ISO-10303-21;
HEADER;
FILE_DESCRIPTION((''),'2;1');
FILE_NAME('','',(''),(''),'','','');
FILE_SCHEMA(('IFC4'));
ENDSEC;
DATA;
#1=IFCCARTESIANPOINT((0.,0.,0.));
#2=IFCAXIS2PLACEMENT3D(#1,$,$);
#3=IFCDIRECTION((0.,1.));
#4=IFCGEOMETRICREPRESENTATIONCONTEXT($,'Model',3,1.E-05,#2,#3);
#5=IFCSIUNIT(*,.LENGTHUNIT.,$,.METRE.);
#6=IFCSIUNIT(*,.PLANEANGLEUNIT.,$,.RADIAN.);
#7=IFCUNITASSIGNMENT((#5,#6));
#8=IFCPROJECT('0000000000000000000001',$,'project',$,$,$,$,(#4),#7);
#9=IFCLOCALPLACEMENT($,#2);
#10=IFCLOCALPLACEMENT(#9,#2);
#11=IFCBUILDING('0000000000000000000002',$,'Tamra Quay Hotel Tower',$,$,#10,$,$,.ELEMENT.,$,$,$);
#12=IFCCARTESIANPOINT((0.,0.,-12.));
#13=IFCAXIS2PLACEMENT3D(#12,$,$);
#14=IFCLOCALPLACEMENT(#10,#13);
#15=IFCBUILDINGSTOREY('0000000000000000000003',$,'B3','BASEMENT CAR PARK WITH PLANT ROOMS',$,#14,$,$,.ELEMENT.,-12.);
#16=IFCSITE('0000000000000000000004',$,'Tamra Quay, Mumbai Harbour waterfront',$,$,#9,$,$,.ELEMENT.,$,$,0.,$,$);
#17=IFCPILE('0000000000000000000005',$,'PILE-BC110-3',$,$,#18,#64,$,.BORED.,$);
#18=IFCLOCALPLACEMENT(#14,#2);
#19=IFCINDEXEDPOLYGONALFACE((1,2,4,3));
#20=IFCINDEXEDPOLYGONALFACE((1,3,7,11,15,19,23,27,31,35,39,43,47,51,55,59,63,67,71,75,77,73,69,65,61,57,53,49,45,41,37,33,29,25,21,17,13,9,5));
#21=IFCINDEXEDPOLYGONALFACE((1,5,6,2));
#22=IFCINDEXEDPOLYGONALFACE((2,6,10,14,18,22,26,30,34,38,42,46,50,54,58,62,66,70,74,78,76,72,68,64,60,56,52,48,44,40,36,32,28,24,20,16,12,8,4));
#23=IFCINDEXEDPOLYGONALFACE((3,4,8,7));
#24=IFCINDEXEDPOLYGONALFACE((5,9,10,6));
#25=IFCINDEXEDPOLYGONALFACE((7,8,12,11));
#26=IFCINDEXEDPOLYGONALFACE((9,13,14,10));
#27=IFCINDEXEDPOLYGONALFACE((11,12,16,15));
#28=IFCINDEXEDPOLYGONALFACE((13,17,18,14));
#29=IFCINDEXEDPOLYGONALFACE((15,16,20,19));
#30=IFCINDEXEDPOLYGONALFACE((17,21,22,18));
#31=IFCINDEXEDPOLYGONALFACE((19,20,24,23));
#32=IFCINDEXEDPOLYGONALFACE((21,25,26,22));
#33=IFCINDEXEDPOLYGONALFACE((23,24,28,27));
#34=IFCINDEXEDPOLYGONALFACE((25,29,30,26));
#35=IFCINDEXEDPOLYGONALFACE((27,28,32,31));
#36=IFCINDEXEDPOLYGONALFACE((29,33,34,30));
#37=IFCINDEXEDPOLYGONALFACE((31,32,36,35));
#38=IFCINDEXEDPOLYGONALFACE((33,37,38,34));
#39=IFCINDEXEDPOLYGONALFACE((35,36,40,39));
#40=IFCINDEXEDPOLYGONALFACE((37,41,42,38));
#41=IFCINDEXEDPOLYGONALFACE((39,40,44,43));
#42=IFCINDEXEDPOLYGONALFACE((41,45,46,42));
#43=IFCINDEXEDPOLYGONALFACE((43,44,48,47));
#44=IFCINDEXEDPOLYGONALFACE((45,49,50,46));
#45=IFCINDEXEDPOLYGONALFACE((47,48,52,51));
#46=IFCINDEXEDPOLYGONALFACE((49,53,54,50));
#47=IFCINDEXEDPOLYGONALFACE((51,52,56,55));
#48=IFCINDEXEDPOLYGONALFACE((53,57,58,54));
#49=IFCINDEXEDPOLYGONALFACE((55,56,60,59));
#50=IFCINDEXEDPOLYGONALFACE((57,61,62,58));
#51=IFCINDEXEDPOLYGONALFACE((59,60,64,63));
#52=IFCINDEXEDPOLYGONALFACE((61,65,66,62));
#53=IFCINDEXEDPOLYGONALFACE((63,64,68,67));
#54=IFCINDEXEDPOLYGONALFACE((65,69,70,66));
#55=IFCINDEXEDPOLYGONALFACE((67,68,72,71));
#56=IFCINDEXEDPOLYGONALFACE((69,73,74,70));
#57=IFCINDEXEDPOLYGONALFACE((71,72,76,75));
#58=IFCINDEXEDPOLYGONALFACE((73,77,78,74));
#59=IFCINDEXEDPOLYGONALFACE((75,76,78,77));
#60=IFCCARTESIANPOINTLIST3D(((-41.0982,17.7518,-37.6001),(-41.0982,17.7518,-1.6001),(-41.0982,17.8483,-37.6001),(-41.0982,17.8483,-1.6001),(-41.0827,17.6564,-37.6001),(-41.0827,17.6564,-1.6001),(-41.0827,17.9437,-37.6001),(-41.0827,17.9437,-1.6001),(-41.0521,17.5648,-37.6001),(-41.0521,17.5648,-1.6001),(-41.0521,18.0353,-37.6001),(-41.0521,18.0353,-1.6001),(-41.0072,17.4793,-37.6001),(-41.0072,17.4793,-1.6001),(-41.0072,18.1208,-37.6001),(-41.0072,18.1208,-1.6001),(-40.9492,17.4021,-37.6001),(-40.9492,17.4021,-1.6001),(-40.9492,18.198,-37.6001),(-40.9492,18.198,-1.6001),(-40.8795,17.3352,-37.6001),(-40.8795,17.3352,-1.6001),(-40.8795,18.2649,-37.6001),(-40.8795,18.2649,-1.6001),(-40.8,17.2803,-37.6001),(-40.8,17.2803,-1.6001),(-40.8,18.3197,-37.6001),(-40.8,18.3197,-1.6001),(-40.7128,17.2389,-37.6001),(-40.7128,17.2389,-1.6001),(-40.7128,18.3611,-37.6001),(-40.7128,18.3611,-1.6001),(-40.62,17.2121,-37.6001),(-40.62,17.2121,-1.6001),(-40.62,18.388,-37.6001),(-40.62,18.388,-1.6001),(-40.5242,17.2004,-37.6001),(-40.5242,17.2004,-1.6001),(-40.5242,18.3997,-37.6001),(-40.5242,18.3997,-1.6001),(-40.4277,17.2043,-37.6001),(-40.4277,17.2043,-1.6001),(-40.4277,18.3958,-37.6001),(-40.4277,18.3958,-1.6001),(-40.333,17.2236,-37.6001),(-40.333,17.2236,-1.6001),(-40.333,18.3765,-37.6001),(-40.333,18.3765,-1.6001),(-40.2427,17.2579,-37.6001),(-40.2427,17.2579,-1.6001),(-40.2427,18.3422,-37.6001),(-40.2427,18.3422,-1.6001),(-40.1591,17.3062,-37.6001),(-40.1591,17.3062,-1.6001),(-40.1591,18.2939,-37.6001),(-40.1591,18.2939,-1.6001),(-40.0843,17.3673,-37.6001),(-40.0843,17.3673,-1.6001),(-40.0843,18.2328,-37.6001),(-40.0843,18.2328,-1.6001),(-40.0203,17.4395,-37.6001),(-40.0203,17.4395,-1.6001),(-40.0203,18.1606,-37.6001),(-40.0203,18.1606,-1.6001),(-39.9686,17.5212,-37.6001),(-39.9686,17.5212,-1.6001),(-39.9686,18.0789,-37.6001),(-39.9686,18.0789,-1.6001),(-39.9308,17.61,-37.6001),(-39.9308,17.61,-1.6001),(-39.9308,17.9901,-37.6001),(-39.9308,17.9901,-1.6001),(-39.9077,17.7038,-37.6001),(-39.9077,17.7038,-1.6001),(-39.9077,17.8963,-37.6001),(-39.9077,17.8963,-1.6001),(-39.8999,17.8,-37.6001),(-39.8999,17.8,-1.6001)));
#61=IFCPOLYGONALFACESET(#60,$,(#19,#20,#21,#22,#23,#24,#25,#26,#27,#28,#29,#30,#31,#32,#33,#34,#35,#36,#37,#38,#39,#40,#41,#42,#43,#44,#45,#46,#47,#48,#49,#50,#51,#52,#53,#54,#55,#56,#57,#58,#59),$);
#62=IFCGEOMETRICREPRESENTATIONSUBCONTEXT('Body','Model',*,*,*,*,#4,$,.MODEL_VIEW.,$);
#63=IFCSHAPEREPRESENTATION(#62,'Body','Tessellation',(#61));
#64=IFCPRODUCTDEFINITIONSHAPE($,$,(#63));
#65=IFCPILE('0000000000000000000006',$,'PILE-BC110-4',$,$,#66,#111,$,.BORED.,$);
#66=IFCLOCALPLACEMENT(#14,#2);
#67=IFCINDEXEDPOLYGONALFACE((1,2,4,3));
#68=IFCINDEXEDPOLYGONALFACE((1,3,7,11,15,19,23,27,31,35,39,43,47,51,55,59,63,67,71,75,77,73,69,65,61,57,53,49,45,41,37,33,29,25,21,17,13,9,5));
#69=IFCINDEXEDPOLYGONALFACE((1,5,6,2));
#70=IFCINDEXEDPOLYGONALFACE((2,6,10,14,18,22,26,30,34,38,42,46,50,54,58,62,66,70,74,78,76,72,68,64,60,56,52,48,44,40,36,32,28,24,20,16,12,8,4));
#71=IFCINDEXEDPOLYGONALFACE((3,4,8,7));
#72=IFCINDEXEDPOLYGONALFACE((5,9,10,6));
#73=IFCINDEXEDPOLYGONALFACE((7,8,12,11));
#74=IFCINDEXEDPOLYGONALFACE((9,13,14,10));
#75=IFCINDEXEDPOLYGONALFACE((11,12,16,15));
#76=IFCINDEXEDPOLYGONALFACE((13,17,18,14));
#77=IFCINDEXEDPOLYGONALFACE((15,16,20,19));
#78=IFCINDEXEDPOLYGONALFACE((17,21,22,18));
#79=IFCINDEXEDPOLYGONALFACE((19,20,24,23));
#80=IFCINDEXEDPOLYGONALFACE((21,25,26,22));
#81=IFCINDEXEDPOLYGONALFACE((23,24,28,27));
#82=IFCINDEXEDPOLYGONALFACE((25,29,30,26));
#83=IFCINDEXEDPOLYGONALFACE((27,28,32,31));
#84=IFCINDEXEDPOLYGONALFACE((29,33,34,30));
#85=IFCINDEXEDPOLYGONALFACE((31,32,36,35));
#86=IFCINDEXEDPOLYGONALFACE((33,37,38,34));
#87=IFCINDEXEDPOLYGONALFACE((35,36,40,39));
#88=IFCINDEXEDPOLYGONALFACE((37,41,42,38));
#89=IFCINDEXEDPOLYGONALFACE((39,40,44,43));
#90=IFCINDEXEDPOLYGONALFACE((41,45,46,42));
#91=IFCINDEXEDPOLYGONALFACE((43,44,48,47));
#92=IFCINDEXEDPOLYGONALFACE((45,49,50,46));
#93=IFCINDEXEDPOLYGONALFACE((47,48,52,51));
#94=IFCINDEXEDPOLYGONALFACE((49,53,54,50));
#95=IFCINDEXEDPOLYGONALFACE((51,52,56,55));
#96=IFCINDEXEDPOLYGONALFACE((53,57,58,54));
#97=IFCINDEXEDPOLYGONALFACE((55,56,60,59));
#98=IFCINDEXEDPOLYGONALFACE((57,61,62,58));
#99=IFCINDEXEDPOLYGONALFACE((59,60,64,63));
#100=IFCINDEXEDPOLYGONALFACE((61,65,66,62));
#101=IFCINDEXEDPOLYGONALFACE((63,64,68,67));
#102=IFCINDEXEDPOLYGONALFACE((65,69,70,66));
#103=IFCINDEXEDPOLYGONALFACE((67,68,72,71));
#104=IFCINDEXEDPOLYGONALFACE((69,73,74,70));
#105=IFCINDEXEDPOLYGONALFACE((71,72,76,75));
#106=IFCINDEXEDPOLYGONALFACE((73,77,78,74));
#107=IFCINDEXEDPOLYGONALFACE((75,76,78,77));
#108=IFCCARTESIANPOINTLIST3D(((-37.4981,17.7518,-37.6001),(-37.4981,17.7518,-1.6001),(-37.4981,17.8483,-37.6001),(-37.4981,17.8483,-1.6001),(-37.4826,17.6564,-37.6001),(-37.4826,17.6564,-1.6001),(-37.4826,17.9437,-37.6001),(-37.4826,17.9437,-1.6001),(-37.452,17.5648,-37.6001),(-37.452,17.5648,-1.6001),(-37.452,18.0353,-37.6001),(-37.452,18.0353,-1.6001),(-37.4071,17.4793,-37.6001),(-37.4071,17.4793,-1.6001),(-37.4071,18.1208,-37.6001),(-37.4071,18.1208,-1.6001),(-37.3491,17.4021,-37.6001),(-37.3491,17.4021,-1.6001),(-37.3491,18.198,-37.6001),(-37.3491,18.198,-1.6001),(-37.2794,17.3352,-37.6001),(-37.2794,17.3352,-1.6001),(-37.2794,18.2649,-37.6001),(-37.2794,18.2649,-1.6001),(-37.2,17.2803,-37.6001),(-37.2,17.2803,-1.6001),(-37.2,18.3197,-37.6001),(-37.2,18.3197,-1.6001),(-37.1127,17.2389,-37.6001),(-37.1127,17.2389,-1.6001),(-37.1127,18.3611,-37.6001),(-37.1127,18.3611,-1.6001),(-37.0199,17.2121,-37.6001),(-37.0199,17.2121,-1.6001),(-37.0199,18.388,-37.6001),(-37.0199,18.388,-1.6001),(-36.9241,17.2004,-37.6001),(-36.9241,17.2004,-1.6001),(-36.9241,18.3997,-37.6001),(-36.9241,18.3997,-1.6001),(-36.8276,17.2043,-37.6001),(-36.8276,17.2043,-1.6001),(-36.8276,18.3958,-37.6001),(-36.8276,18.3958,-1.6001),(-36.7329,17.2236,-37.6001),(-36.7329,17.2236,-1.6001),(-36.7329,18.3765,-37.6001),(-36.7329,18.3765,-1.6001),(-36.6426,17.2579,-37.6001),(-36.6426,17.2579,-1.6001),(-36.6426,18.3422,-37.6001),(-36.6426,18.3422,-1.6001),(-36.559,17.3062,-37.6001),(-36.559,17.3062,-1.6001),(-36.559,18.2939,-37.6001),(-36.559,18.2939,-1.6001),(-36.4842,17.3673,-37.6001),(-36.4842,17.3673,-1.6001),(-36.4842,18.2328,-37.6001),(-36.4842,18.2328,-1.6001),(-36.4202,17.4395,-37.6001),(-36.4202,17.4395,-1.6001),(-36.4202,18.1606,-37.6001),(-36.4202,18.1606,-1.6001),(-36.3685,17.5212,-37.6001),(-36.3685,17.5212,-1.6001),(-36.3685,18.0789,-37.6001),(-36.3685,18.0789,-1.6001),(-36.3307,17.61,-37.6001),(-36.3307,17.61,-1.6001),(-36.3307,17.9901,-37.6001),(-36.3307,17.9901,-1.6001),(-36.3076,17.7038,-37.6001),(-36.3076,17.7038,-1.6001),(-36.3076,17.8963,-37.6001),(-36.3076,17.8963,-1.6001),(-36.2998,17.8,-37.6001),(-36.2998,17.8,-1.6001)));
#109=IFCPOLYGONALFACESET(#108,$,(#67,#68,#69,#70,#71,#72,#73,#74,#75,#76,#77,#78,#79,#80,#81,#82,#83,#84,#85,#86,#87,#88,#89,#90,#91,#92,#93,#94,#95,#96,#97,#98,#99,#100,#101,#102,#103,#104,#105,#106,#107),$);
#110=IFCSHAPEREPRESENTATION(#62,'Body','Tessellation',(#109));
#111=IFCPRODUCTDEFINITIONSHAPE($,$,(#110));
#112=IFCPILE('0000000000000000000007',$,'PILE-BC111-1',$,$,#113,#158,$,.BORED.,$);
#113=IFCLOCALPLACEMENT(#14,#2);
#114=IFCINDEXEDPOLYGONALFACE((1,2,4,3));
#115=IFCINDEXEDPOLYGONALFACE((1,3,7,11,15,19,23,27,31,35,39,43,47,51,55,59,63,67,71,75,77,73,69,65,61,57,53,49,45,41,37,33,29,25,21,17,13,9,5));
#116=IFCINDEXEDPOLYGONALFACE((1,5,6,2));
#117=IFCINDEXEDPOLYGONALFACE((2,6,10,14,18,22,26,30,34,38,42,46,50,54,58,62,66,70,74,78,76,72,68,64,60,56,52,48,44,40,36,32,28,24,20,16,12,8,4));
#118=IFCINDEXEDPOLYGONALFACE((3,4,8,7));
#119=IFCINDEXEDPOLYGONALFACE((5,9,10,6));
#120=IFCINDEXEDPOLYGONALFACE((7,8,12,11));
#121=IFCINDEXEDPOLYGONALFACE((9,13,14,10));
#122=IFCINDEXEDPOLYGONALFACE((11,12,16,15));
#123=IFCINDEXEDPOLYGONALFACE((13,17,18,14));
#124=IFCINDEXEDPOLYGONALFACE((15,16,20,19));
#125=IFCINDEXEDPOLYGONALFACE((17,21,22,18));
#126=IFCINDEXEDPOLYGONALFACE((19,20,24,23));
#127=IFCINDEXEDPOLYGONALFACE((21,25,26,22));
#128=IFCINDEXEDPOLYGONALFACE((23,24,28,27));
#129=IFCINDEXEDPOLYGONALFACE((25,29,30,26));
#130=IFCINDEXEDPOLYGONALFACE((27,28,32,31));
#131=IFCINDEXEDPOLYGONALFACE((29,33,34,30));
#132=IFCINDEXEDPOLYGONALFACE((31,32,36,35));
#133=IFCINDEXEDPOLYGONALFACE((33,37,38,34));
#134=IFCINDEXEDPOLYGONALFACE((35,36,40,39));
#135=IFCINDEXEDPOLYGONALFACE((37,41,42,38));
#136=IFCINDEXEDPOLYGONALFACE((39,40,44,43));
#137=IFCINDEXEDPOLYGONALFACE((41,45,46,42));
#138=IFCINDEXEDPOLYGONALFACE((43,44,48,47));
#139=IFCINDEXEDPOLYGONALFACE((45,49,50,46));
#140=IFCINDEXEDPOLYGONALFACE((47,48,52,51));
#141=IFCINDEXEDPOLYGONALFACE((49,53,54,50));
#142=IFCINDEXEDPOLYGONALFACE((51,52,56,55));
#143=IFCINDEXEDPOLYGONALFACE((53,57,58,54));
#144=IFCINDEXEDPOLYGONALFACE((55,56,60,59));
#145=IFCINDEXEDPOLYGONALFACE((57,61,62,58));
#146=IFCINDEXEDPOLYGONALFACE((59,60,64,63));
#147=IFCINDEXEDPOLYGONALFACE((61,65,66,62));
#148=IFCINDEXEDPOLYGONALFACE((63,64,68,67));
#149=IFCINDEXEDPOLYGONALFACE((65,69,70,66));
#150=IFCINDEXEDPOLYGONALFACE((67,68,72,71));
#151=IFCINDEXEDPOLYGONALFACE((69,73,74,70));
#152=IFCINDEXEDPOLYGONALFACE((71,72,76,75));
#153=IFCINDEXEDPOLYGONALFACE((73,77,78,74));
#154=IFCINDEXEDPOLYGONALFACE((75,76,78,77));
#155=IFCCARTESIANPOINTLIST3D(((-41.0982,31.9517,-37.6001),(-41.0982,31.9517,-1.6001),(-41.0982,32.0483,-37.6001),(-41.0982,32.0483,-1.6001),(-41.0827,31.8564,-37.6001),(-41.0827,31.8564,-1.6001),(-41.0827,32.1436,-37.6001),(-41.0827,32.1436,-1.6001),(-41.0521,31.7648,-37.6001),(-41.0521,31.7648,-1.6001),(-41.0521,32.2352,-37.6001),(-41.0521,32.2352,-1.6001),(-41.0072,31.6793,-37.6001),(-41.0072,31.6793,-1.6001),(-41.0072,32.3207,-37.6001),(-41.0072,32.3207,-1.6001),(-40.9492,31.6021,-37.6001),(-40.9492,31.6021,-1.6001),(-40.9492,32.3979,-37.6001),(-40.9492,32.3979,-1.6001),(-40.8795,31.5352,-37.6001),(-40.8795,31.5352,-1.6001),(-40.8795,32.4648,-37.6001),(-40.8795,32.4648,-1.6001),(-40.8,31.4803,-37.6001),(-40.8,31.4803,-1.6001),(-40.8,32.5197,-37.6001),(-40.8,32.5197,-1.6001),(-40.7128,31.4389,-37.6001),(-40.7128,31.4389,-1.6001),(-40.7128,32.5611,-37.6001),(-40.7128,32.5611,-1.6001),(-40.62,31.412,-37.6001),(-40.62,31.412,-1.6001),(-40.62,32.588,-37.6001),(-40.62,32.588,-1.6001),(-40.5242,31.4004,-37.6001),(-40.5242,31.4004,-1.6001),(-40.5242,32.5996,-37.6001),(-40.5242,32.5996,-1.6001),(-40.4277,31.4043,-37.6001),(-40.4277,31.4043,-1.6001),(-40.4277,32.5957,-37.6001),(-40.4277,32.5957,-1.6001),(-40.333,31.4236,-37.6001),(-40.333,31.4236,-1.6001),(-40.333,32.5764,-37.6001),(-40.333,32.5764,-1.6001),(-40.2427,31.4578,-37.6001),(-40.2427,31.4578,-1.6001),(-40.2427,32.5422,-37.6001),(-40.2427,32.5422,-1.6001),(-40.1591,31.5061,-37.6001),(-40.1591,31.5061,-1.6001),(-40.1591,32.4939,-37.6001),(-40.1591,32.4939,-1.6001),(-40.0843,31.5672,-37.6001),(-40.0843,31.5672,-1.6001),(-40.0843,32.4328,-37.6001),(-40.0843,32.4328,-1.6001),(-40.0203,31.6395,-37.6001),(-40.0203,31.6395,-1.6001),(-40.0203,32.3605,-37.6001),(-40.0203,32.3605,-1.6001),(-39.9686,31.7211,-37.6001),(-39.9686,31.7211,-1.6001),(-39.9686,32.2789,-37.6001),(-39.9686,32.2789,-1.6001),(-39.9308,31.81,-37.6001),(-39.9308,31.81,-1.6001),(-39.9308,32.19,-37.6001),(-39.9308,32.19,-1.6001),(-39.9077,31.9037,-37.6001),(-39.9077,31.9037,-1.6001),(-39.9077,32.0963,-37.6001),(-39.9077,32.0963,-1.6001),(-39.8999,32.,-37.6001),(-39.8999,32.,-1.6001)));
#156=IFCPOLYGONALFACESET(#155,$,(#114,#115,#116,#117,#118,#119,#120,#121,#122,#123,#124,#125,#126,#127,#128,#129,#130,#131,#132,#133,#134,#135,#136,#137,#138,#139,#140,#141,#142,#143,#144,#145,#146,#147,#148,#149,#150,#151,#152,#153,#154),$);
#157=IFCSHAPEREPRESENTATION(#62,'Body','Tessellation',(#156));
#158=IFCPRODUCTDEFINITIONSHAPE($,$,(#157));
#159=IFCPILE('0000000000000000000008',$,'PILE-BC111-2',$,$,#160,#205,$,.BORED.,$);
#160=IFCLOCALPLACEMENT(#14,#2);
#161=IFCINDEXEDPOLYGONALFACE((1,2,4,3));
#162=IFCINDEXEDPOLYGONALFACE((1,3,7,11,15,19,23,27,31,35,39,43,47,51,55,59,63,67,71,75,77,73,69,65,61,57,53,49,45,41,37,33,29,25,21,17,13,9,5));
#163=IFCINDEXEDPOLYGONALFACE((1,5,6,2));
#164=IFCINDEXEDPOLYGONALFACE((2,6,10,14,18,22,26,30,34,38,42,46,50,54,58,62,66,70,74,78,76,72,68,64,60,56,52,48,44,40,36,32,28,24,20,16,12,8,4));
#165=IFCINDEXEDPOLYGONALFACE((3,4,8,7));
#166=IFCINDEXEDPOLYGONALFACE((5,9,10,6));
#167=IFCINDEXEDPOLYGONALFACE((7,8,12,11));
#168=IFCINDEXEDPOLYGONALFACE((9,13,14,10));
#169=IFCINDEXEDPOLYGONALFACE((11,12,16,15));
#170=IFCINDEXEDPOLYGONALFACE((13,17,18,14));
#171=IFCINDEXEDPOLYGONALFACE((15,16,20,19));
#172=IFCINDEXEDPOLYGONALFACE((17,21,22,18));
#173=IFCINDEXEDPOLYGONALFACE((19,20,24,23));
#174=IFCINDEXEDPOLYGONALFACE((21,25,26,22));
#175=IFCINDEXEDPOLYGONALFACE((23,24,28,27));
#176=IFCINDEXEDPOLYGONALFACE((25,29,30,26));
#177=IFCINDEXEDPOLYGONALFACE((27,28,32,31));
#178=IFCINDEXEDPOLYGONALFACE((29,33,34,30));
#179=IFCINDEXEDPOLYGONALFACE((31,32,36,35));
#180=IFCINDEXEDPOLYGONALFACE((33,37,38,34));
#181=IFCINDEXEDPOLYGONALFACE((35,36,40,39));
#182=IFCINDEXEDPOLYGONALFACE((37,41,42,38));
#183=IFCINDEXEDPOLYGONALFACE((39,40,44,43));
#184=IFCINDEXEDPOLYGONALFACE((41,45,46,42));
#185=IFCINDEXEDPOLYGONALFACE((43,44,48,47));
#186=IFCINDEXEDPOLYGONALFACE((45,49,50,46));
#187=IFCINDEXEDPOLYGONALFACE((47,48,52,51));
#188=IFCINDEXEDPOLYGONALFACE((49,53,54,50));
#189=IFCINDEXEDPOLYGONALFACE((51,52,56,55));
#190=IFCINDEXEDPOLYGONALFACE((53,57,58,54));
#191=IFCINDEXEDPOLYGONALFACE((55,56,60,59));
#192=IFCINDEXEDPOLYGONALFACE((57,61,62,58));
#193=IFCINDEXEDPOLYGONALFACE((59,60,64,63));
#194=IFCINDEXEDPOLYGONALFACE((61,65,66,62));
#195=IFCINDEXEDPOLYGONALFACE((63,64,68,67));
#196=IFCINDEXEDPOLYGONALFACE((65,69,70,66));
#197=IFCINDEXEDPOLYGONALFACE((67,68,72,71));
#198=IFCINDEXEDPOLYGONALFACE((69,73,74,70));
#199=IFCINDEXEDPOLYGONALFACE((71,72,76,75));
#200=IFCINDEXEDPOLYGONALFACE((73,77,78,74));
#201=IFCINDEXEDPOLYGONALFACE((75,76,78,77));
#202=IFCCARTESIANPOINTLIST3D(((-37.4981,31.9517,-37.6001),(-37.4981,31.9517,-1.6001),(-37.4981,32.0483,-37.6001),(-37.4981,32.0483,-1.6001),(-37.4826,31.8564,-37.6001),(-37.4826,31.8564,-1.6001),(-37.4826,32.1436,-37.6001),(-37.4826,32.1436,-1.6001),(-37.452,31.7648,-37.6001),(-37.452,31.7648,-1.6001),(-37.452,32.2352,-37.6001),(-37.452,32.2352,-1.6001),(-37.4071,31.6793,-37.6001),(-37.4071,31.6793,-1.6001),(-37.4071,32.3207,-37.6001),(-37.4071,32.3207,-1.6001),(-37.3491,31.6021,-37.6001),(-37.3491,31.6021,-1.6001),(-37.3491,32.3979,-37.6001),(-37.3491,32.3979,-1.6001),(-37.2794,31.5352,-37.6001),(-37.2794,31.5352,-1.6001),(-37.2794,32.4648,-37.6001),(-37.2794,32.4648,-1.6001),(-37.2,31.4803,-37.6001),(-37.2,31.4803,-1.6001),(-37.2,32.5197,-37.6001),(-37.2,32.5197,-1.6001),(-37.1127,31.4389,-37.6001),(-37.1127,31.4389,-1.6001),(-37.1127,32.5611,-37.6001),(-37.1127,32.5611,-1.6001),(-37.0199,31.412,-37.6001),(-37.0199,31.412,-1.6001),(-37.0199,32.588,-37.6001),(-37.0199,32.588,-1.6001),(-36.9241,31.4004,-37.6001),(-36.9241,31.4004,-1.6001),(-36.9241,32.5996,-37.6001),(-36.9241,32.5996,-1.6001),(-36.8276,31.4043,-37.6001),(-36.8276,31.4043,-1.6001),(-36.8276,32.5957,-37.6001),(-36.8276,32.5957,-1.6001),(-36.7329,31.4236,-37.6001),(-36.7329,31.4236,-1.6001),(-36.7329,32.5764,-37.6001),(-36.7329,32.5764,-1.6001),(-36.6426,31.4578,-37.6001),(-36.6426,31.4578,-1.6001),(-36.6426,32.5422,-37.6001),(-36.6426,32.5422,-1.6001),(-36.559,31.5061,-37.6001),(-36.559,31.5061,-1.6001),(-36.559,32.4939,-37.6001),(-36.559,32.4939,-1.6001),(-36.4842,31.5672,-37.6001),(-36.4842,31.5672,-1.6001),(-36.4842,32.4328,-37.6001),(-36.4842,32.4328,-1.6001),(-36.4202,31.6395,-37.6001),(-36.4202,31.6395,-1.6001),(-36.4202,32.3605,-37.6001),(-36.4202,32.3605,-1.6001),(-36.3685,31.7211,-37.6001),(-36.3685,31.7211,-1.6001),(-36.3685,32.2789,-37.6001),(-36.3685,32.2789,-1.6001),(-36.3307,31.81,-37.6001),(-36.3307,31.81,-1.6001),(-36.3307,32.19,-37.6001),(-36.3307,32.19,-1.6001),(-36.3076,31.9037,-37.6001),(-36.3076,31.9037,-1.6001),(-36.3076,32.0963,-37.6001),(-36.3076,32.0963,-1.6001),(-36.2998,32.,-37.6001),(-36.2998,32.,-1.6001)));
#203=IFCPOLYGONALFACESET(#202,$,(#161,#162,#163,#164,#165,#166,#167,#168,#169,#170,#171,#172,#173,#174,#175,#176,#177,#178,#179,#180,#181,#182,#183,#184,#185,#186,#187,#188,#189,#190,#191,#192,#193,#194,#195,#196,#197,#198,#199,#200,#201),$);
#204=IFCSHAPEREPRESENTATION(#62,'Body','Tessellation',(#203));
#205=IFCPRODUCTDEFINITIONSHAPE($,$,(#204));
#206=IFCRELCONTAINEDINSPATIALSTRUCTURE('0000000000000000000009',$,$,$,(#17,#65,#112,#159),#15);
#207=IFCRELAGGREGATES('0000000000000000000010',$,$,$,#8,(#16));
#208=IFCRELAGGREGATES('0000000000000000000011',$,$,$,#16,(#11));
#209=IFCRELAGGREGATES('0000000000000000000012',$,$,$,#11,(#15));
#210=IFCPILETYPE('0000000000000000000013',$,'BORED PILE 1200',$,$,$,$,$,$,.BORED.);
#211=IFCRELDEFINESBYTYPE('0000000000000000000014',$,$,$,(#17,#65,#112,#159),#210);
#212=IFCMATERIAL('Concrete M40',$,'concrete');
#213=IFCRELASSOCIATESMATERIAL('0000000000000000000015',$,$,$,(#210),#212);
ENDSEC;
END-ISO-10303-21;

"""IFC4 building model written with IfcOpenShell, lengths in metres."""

from ifc_helpers import new_model, si_unit, direction, frame, origin, origin_2d, place, context, subcontext, project, spatial, circle, extrude, material, material_profile, profile_set, type_object, element, save


model = new_model("IFC4")

# Units and contexts
model_context = context("Model", 3, precision=1e-05, world=origin(), true_north=direction((0.0, 1.0)))
body_context = subcontext(model_context, "Body", "Model", "MODEL_VIEW")
ifc_project = project(units=[si_unit("LENGTHUNIT", "METRE"), si_unit("PLANEANGLEUNIT", "RADIAN")], contexts=[model_context])

# Site, building, storey
site_placement = place(None, origin())
site = spatial("IfcSite", under=ifc_project, at=site_placement, Name="Tamra Quay, Mumbai Harbour waterfront", CompositionType="ELEMENT", RefElevation=0.0)
building_placement = place(site_placement, origin())
building = spatial("IfcBuilding", under=site, at=building_placement, Name="Tamra Quay Hotel Tower", CompositionType="ELEMENT")
storey_placement = place(building_placement, frame((0.0, 0.0, -12.0)))
storey = spatial("IfcBuildingStorey", under=building, at=storey_placement, Name="B3", Description="BASEMENT CAR PARK WITH PLANT ROOMS", CompositionType="ELEMENT", Elevation=-12.0)

# Piles
ifc_material_1 = material(Name="Concrete M40", Category="concrete")
ifc_material_profile_1 = material_profile(ifc_material_1, circle(Radius=0.6001, at=origin_2d()), Name="BORED PILE 1200")
ifc_profile_set_1 = profile_set([ifc_material_profile_1], Name="Concrete M40")
pile_type = type_object("IfcPileType", Name="BORED PILE 1200", PredefinedType="BORED", material=ifc_profile_set_1)
for number, where, z_axis, x_axis, name in (
    (1, (-40.5, 17.8, -1.6001), (0.0, 0.0, -1.0), (1.0, 0.0, 0.0), "PILE-BC110-3"),
    (2, (-36.8999, 17.8, -1.6001), (0.0, 0.0, -1.0), (1.0, 0.0, 0.0), "PILE-BC110-4"),
    (3, (-40.5, 32.0, -1.6001), (0.0, 0.0, -1.0), (1.0, 0.0, 0.0), "PILE-BC111-1"),
    (4, (-36.8999, 32.0, -1.6001), (0.0, 0.0, -1.0), (1.0, 0.0, 0.0), "PILE-BC111-2"),
):
    element("IfcPile", number, at=place(storey_placement, frame(where, z_axis=z_axis, x_axis=x_axis)), inside=storey, type_object=pile_type, Name=name, PredefinedType="BORED", context=body_context, shape_type="SweptSolid", body=[
        extrude(circle(Radius=0.6001, at=origin_2d()), origin(), (0.0, 0.0, 1.0), 36.0),
    ])

save(model, "model.ifc")
